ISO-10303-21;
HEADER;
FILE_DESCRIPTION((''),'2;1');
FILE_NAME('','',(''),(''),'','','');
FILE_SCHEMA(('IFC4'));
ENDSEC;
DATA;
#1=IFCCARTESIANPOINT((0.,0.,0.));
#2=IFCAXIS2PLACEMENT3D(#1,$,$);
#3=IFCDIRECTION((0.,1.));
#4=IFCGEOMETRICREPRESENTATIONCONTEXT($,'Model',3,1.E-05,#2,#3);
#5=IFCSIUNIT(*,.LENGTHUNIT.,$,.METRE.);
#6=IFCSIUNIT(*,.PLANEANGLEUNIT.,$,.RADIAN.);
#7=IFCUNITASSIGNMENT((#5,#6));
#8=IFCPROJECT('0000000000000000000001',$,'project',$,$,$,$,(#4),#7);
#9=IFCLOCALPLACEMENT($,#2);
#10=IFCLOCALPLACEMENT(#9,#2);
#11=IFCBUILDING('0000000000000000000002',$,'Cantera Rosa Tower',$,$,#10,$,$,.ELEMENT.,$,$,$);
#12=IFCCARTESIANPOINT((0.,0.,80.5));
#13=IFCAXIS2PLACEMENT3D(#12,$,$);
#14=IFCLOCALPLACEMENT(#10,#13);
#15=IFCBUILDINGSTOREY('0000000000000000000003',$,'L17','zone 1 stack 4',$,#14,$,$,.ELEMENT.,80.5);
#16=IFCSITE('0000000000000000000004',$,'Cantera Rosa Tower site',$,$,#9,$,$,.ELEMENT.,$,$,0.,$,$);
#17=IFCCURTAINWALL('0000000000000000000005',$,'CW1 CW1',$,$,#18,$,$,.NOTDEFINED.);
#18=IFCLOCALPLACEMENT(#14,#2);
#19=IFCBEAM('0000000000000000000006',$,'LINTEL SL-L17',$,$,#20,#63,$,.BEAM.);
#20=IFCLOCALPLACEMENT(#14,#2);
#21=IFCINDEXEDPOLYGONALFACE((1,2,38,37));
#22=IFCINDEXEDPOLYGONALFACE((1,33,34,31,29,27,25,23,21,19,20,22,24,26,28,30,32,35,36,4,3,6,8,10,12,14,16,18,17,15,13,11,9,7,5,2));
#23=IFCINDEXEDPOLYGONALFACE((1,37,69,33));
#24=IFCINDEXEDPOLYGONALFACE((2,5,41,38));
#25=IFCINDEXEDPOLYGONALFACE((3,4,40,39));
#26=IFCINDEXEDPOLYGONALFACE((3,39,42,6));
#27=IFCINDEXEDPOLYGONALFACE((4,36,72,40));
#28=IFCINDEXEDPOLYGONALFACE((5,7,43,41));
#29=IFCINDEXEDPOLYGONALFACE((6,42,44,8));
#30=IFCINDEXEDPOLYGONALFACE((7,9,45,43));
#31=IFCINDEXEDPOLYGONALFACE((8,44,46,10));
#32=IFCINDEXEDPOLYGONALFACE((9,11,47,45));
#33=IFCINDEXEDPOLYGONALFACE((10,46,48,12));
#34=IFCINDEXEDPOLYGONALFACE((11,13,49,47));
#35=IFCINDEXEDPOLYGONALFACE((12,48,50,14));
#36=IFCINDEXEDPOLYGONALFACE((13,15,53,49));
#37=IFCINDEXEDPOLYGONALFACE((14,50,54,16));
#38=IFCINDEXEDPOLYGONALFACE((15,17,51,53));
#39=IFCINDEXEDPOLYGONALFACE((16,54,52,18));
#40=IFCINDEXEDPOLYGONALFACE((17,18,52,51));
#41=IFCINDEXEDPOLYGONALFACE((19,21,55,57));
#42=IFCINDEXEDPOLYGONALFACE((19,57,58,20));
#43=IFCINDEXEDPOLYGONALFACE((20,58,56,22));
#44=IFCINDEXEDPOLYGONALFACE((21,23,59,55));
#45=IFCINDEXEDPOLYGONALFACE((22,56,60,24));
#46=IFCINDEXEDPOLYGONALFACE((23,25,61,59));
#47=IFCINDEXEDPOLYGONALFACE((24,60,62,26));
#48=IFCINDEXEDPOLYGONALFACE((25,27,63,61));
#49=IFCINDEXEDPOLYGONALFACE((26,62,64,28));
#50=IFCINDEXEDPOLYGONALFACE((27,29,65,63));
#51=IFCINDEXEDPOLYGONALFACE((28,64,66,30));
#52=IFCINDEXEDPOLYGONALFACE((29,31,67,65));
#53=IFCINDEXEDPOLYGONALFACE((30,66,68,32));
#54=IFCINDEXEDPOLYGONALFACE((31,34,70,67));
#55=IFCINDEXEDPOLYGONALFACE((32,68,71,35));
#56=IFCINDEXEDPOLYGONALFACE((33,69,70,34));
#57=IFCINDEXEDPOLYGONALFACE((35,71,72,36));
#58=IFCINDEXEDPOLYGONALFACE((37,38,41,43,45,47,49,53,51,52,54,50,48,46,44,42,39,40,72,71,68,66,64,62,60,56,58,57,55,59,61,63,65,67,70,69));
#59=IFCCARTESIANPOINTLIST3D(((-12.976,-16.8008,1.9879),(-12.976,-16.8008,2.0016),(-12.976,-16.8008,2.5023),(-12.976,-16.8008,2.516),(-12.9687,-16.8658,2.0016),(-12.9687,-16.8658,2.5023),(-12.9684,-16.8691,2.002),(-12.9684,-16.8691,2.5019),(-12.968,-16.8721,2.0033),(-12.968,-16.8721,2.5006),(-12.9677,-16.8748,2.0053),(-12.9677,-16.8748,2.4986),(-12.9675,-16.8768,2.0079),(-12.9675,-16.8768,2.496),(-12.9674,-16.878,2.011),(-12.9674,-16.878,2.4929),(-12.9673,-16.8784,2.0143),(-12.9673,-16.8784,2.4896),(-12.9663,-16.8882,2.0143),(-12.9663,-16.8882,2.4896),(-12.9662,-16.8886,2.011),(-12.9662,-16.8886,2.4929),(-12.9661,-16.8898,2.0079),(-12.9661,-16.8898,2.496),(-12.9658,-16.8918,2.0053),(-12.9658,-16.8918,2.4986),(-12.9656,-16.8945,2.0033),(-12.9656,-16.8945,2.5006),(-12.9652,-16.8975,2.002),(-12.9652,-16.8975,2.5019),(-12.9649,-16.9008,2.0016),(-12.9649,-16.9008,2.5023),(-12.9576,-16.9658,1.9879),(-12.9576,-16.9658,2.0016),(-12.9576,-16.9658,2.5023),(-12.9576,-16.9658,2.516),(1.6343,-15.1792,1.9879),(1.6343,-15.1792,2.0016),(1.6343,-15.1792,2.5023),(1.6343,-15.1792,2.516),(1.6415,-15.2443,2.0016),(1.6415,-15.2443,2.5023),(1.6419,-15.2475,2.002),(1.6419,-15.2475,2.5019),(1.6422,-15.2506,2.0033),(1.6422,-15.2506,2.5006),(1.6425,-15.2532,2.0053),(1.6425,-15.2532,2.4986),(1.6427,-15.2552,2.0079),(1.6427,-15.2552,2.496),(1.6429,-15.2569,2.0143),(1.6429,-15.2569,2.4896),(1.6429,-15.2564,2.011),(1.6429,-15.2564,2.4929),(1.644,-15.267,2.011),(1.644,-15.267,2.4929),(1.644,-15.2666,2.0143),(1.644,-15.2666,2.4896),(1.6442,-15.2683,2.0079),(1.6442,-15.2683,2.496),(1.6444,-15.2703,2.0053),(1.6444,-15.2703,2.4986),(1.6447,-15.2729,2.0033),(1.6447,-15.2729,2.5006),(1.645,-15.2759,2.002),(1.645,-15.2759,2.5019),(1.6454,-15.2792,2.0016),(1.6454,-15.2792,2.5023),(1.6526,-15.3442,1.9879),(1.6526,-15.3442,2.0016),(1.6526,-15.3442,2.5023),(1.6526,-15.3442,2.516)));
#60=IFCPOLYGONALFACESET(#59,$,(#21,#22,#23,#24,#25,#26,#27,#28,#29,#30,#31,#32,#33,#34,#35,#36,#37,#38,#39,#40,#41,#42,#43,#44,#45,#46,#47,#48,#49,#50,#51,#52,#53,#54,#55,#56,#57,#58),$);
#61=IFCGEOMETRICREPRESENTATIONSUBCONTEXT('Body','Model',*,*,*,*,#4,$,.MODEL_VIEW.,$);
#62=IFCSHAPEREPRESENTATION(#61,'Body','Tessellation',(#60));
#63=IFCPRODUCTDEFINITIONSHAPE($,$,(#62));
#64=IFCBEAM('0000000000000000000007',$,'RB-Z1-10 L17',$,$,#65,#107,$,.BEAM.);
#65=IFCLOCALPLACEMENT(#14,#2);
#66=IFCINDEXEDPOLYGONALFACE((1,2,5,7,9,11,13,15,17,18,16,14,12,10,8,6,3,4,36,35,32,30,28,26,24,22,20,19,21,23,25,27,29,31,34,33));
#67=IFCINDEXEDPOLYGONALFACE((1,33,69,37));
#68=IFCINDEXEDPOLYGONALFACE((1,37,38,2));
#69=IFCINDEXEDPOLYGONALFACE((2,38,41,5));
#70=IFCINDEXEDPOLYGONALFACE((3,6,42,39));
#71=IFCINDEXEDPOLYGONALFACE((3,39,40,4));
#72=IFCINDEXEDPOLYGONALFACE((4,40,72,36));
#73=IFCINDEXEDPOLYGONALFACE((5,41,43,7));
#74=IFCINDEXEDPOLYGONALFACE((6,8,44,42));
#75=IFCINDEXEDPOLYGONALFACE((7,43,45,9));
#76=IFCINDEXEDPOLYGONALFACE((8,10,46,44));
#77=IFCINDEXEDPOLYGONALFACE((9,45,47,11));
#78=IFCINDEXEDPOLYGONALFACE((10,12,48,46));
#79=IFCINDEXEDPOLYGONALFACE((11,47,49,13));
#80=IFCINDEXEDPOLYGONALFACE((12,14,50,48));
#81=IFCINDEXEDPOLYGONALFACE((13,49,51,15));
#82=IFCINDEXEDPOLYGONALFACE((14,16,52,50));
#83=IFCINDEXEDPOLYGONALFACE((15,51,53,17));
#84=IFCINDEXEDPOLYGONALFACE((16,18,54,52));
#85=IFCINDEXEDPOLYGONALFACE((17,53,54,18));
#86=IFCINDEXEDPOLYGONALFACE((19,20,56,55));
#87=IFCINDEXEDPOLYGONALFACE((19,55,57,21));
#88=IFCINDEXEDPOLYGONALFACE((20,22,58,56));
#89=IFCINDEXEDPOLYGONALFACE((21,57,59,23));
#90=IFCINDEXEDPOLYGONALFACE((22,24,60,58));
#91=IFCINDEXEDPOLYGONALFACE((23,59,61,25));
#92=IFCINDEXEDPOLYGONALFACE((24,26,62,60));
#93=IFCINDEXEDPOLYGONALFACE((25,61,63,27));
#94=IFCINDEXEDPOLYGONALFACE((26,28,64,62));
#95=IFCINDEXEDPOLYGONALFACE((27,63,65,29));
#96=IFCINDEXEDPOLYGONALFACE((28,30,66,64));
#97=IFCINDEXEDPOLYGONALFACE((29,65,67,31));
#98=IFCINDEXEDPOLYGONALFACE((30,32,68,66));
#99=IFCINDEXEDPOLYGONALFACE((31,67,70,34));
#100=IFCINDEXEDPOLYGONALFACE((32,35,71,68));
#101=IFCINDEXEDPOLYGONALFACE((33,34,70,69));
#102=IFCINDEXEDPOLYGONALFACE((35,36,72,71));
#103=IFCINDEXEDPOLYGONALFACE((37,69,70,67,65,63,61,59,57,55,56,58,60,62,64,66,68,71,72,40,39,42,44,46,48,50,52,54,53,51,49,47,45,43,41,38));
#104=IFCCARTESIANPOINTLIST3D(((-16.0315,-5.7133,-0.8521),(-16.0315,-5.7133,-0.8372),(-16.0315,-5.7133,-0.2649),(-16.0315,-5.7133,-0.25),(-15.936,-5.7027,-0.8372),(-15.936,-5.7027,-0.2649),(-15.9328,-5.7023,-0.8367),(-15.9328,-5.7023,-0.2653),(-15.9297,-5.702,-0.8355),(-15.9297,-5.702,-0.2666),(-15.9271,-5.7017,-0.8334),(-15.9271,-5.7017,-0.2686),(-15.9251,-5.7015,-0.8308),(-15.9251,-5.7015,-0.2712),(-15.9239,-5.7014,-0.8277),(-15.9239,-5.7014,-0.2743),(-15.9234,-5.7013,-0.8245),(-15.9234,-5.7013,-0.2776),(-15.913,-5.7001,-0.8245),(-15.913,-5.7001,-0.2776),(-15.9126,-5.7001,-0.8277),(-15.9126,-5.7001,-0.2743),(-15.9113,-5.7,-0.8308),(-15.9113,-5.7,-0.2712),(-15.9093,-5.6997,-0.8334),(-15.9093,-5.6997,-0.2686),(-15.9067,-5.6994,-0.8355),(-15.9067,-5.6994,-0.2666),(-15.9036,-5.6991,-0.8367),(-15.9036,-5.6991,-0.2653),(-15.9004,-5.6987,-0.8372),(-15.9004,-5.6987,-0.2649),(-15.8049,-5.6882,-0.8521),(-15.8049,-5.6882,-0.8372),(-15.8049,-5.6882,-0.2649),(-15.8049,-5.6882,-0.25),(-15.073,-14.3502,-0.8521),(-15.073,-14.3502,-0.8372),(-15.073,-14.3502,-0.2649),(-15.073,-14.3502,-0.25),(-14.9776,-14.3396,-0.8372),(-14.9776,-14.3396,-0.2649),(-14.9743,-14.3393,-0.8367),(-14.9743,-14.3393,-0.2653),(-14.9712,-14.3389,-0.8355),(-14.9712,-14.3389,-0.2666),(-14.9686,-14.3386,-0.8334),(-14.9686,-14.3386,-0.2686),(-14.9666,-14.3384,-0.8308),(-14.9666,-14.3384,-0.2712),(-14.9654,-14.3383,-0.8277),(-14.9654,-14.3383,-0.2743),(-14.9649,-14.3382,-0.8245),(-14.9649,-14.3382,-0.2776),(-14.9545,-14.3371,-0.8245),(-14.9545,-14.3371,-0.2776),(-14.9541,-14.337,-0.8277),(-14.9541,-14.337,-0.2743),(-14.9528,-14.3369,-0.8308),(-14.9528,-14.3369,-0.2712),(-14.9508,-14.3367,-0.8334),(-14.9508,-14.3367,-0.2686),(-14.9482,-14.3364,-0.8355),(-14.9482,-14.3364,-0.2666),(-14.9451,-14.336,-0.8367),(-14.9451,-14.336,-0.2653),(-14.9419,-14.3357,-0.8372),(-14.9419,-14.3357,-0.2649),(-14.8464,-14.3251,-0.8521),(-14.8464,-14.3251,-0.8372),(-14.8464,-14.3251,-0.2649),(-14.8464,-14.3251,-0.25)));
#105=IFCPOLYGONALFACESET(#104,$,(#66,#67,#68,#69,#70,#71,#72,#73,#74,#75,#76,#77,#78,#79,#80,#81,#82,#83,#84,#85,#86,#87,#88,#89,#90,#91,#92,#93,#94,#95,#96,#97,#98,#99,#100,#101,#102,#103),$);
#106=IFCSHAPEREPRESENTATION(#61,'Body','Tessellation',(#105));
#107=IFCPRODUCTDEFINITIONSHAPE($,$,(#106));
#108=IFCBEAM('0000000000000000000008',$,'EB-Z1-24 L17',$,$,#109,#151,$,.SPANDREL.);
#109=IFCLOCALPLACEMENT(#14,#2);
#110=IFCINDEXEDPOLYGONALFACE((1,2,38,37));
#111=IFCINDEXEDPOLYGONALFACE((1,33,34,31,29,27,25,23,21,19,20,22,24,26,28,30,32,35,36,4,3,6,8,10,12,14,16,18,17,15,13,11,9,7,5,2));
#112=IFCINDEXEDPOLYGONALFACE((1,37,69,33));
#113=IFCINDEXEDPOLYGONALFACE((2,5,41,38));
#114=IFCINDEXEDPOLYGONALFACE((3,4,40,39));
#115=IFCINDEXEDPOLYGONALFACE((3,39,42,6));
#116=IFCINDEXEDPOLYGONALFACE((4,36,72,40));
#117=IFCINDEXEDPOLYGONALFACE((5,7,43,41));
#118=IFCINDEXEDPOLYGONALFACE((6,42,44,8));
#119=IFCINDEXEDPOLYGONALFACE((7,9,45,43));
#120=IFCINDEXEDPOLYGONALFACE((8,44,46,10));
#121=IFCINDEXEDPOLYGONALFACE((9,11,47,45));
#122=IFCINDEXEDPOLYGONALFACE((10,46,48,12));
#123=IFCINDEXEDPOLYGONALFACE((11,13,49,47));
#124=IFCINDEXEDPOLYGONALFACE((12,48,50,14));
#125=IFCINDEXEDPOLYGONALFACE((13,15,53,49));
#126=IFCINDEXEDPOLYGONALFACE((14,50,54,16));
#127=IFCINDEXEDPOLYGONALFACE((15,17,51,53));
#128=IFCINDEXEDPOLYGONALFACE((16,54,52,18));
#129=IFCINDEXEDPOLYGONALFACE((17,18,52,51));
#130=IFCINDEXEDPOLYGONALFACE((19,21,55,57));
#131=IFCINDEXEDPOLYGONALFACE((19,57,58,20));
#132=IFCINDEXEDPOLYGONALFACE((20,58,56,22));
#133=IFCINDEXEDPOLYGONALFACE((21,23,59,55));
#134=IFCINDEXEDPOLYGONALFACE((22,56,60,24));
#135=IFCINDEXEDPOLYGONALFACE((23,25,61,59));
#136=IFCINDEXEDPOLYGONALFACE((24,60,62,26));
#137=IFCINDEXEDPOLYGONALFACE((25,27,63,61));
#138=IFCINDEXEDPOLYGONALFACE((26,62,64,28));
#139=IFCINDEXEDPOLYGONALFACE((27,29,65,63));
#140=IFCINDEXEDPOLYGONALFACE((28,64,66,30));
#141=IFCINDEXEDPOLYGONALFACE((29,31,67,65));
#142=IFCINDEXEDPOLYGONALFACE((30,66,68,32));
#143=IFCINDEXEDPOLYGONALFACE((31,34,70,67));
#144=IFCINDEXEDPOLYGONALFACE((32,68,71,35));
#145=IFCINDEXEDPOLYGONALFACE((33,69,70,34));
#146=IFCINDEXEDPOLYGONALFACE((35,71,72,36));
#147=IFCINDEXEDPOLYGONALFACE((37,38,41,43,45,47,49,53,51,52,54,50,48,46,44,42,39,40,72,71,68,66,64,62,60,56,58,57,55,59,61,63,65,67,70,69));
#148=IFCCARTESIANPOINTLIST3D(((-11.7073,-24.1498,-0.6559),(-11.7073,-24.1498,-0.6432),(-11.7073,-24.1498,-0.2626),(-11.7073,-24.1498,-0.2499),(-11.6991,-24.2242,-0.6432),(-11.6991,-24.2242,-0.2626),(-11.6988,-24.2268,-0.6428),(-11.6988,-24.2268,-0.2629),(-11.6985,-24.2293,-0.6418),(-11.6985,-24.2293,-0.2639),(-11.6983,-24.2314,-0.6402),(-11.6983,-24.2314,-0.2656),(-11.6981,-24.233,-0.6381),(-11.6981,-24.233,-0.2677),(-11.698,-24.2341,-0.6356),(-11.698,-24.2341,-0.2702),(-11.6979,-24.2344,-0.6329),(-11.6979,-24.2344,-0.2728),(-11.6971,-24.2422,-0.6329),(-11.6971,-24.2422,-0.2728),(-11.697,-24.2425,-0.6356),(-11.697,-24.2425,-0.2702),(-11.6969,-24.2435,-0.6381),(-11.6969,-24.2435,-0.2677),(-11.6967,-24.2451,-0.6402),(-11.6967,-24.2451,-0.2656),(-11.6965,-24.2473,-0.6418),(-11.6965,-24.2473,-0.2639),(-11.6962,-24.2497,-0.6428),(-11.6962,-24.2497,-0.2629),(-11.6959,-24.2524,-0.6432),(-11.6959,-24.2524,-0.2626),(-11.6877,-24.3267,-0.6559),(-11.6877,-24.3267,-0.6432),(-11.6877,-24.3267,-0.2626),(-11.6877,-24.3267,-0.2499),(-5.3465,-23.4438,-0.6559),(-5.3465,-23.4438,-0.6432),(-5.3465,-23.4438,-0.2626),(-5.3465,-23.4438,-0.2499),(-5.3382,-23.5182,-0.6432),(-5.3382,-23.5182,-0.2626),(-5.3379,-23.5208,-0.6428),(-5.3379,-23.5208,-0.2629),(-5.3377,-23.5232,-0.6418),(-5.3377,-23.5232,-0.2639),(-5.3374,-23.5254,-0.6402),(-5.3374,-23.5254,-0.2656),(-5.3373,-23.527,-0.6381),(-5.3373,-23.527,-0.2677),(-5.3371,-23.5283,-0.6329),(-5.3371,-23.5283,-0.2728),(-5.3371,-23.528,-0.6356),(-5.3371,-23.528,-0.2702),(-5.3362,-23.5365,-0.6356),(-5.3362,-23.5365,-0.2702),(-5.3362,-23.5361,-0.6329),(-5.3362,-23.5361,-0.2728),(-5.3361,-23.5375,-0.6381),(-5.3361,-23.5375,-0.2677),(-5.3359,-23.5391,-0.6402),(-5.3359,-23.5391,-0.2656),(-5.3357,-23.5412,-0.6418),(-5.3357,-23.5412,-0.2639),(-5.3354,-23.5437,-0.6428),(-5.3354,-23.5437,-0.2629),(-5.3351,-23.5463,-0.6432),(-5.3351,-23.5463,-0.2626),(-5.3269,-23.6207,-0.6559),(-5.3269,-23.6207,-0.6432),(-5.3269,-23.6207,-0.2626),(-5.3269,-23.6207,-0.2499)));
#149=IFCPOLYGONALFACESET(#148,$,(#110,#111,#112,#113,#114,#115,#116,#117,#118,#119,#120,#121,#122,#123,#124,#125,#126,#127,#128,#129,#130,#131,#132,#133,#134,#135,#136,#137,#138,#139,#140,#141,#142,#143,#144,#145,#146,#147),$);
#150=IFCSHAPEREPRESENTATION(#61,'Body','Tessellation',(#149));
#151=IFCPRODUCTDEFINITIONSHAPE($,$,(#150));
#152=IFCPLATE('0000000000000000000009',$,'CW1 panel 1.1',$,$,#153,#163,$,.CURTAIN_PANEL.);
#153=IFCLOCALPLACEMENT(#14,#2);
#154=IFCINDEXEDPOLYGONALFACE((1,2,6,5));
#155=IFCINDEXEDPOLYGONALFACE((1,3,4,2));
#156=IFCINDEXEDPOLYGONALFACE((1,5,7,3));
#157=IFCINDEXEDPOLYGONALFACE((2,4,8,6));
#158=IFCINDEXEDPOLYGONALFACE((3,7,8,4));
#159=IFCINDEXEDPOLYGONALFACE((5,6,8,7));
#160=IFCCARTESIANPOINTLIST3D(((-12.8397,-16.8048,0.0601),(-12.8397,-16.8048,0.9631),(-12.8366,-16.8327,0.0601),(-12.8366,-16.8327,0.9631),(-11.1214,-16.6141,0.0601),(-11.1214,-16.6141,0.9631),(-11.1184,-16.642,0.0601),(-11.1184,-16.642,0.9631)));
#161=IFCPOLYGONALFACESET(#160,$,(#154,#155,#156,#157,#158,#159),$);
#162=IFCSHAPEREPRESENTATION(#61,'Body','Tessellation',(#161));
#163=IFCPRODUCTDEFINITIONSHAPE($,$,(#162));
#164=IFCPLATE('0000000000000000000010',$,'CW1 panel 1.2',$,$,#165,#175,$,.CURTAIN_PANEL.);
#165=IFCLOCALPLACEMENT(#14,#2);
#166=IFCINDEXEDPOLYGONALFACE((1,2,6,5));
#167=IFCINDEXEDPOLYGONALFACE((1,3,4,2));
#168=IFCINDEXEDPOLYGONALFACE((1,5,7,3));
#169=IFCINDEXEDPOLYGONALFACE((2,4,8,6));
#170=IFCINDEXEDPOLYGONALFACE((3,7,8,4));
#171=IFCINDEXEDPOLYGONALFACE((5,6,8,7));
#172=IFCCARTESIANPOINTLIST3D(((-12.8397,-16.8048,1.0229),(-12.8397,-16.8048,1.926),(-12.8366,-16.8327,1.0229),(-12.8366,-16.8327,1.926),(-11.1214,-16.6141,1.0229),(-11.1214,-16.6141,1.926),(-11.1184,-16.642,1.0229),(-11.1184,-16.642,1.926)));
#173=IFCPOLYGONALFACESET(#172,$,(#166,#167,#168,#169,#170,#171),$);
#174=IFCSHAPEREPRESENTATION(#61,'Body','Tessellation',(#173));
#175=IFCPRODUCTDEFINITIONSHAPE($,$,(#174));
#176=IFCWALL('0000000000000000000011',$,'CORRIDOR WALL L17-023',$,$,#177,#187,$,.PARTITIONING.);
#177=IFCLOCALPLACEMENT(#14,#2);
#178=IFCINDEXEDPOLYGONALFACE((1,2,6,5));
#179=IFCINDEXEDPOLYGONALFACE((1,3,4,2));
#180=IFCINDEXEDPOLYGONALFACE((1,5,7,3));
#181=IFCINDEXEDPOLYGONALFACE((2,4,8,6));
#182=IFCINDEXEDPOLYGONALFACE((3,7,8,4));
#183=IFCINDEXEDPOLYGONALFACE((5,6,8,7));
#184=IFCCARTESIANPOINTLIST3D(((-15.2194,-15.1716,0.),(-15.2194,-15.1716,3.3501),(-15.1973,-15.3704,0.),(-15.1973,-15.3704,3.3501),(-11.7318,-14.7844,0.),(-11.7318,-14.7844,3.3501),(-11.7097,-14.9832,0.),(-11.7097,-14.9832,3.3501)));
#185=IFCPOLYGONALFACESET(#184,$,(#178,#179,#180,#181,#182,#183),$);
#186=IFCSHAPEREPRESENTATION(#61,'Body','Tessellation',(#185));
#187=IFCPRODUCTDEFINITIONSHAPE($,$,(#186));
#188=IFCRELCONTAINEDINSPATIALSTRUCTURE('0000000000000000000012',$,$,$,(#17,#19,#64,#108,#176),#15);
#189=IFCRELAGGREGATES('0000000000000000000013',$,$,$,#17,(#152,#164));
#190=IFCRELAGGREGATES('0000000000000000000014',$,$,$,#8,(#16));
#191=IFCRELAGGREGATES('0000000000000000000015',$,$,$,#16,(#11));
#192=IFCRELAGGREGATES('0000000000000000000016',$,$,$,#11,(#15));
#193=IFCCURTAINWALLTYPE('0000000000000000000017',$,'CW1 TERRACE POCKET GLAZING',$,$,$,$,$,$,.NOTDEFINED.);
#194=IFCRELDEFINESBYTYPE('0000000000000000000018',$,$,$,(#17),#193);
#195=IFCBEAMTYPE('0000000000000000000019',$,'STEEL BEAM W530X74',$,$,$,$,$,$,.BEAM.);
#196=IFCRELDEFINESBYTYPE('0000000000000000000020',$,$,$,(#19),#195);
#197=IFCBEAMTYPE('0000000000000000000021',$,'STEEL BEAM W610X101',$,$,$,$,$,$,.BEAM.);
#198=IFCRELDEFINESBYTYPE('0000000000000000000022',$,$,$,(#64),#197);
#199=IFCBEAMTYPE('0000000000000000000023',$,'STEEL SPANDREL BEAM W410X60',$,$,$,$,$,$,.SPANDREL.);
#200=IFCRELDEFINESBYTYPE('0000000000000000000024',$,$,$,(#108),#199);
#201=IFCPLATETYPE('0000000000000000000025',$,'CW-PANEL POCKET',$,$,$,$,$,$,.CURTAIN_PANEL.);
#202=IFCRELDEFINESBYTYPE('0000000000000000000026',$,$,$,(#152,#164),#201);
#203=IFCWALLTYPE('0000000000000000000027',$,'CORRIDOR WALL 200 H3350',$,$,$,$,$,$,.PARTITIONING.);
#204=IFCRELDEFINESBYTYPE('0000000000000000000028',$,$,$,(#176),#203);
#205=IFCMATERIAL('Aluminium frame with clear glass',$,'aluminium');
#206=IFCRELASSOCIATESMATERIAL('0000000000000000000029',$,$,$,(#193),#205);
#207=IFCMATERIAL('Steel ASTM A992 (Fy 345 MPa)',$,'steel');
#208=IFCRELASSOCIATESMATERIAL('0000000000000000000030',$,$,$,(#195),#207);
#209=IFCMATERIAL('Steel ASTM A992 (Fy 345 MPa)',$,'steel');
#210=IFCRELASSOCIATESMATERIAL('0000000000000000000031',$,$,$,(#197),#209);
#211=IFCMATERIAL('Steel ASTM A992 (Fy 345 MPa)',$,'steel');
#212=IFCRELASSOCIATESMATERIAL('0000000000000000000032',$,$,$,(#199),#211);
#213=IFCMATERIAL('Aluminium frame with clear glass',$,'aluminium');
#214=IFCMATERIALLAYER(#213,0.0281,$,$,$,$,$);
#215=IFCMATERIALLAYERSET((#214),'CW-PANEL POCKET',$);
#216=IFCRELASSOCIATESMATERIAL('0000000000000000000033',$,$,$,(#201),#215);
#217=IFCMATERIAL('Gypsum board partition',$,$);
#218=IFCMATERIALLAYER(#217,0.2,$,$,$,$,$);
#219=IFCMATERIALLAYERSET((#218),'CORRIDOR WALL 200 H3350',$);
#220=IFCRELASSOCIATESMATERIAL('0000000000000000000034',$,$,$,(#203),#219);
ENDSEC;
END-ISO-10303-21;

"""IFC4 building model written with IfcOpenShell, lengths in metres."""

from ifc_helpers import new_model, si_unit, direction, frame, frame_2d, origin, origin_2d, place, context, subcontext, project, spatial, rectangle, i_section, extrude, material, layer, layer_set, material_profile, profile_set, type_object, element, aggregate, save


model = new_model("IFC4")

# Units and contexts
model_context = context("Model", 3, precision=1e-05, world=origin(), true_north=direction((0.0, 1.0)))
body_context = subcontext(model_context, "Body", "Model", "MODEL_VIEW")
ifc_project = project(units=[si_unit("LENGTHUNIT", "METRE"), si_unit("PLANEANGLEUNIT", "RADIAN")], contexts=[model_context])

# Site, building, storey
site_placement = place(None, origin())
site = spatial("IfcSite", under=ifc_project, at=site_placement, Name="Cantera Rosa Tower site", CompositionType="ELEMENT", RefElevation=0.0)
building_placement = place(site_placement, origin())
building = spatial("IfcBuilding", under=site, at=building_placement, Name="Cantera Rosa Tower", CompositionType="ELEMENT")
storey_placement = place(building_placement, frame((0.0, 0.0, 80.5)))
storey = spatial("IfcBuildingStorey", under=building, at=storey_placement, Name="L17", Description="zone 1 stack 4", CompositionType="ELEMENT", Elevation=80.5)

# Curtain wall
ifc_material_1 = material(Name="Aluminium frame with clear glass", Category="aluminium")
curtain_wall_type = type_object("IfcCurtainWallType", Name="CW1 TERRACE POCKET GLAZING", PredefinedType="NOTDEFINED", material=ifc_material_1)
curtain_wall_placement = place(storey_placement, origin())
curtain_wall = element("IfcCurtainWall", 1, at=curtain_wall_placement, inside=storey, type_object=curtain_wall_type, Name="CW1 CW1", PredefinedType="NOTDEFINED")

# Beams
ifc_material_2 = material(Name="Steel ASTM A992 (Fy 345 MPa)", Category="steel")
ifc_material_profile_1 = material_profile(ifc_material_2, i_section(OverallWidth=0.166, OverallDepth=0.5281, WebThickness=0.0098, FlangeThickness=0.0137, FilletRadius=0.0127, at=origin_2d()), Name="W530X74")
ifc_profile_set_1 = profile_set([ifc_material_profile_1], Name="Steel ASTM A992 (Fy 345 MPa)")
beam_type_1 = type_object("IfcBeamType", Name="STEEL BEAM W530X74", PredefinedType="BEAM", material=ifc_profile_set_1)
beam_1_placement = place(storey_placement, frame((-12.9668, -16.8833, 2.252), z_axis=(0.993897, 0.110311, 0.0), x_axis=(-0.110311, 0.993897, 0.0)))
element("IfcBeam", 2, at=beam_1_placement, inside=storey, type_object=beam_type_1, Name="LINTEL SL-L17", PredefinedType="BEAM", context=body_context, shape_type="SweptSolid", body=[
    extrude(i_section(OverallWidth=0.166, OverallDepth=0.5281, WebThickness=0.0098, FlangeThickness=0.0137, FilletRadius=0.0127, at=origin_2d()), origin(), (0.0, 0.0, 1.0), 14.7),
])
ifc_material_3 = material(Name="Steel ASTM A992 (Fy 345 MPa)", Category="steel")
ifc_material_profile_2 = material_profile(ifc_material_3, i_section(OverallWidth=0.228, OverallDepth=0.6021, WebThickness=0.0105, FlangeThickness=0.0149, FilletRadius=0.0127, at=origin_2d()), Name="W610X101")
ifc_profile_set_2 = profile_set([ifc_material_profile_2], Name="Steel ASTM A992 (Fy 345 MPa)")
beam_type_2 = type_object("IfcBeamType", Name="STEEL BEAM W610X101", PredefinedType="BEAM", material=ifc_profile_set_2)
beam_2_placement = place(storey_placement, frame((-14.9597, -14.3376, -0.551), z_axis=(-0.110299, 0.993898, 0.0), x_axis=(-0.993898, -0.110299, 0.0)))
element("IfcBeam", 3, at=beam_2_placement, inside=storey, type_object=beam_type_2, Name="RB-Z1-10 L17", PredefinedType="BEAM", context=body_context, shape_type="SweptSolid", body=[
    extrude(i_section(OverallWidth=0.228, OverallDepth=0.6021, WebThickness=0.0105, FlangeThickness=0.0149, FilletRadius=0.0127, at=origin_2d()), origin(), (0.0, 0.0, 1.0), 8.6899),
])
ifc_material_4 = material(Name="Steel ASTM A992 (Fy 345 MPa)", Category="steel")
ifc_material_profile_3 = material_profile(ifc_material_4, i_section(OverallWidth=0.178, OverallDepth=0.406, WebThickness=0.0078, FlangeThickness=0.0127, FilletRadius=0.0103, at=origin_2d()), Name="W410X60")
ifc_profile_set_3 = profile_set([ifc_material_profile_3], Name="Steel ASTM A992 (Fy 345 MPa)")
beam_type_3 = type_object("IfcBeamType", Name="STEEL SPANDREL BEAM W410X60", PredefinedType="SPANDREL", material=ifc_profile_set_3)
beam_3_placement = place(storey_placement, frame((-11.6975, -24.2383, -0.4529), z_axis=(0.993896, 0.110323, 0.0), x_axis=(-0.110323, 0.993896, 0.0)))
element("IfcBeam", 4, at=beam_3_placement, inside=storey, type_object=beam_type_3, Name="EB-Z1-24 L17", PredefinedType="SPANDREL", context=body_context, shape_type="SweptSolid", body=[
    extrude(i_section(OverallWidth=0.178, OverallDepth=0.406, WebThickness=0.0078, FlangeThickness=0.0127, FilletRadius=0.0103, at=origin_2d()), origin(), (0.0, 0.0, 1.0), 6.3999),
])

# Plates
ifc_material_5 = material(Name="Aluminium frame with clear glass", Category="aluminium")
ifc_layer_1 = layer(ifc_material_5, 0.0281)
ifc_layer_set_1 = layer_set([ifc_layer_1], Name="CW-PANEL POCKET")
plate_type = type_object("IfcPlateType", Name="CW-PANEL POCKET", PredefinedType="CURTAIN_PANEL", material=ifc_layer_set_1)
plate_1_placement = place(storey_placement, frame((-11.979, -16.7234, 0.0601), z_axis=(0.0, 0.0, 1.0), x_axis=(0.993897, 0.110313, 0.0)))
plate_1 = element("IfcPlate", 5, at=plate_1_placement, type_object=plate_type, Name="CW1 panel 1.1", PredefinedType="CURTAIN_PANEL", context=body_context, shape_type="SweptSolid", body=[
    extrude(rectangle(XDim=1.7288, YDim=0.0281, at=origin_2d()), origin(), (0.0, 0.0, 1.0), 0.9031),
])
plate_2_placement = place(storey_placement, frame((-11.979, -16.7234, 1.0229), z_axis=(0.0, 0.0, 1.0), x_axis=(0.993897, 0.110313, 0.0)))
plate_2 = element("IfcPlate", 6, at=plate_2_placement, type_object=plate_type, Name="CW1 panel 1.2", PredefinedType="CURTAIN_PANEL", context=body_context, shape_type="SweptSolid", body=[
    extrude(rectangle(XDim=1.7288, YDim=0.0281, at=origin_2d()), origin(), (0.0, 0.0, 1.0), 0.9031),
])
aggregate(curtain_wall, [plate_1, plate_2])

# Wall
ifc_material_6 = material(Name="Gypsum board partition")
ifc_layer_2 = layer(ifc_material_6, 0.2)
ifc_layer_set_2 = layer_set([ifc_layer_2], Name="CORRIDOR WALL 200 H3350")
wall_type_1 = type_object("IfcWallType", Name="CORRIDOR WALL 200 H3350", PredefinedType="PARTITIONING", material=ifc_layer_set_2)
wall_1_placement = place(storey_placement, frame((-15.2083, -15.271, 0.0), z_axis=(0.0, 0.0, 1.0), x_axis=(0.993893, 0.110348, 0.0)))
element("IfcWall", 7, at=wall_1_placement, inside=storey, type_object=wall_type_1, Name="CORRIDOR WALL L17-023", PredefinedType="PARTITIONING", context=body_context, shape_type="SweptSolid", body=[
    extrude(rectangle(XDim=3.509, YDim=0.2, at=frame_2d((1.7544, 0.0))), origin(), (0.0, 0.0, 1.0), 3.3501),
])

save(model, "model.ifc")
